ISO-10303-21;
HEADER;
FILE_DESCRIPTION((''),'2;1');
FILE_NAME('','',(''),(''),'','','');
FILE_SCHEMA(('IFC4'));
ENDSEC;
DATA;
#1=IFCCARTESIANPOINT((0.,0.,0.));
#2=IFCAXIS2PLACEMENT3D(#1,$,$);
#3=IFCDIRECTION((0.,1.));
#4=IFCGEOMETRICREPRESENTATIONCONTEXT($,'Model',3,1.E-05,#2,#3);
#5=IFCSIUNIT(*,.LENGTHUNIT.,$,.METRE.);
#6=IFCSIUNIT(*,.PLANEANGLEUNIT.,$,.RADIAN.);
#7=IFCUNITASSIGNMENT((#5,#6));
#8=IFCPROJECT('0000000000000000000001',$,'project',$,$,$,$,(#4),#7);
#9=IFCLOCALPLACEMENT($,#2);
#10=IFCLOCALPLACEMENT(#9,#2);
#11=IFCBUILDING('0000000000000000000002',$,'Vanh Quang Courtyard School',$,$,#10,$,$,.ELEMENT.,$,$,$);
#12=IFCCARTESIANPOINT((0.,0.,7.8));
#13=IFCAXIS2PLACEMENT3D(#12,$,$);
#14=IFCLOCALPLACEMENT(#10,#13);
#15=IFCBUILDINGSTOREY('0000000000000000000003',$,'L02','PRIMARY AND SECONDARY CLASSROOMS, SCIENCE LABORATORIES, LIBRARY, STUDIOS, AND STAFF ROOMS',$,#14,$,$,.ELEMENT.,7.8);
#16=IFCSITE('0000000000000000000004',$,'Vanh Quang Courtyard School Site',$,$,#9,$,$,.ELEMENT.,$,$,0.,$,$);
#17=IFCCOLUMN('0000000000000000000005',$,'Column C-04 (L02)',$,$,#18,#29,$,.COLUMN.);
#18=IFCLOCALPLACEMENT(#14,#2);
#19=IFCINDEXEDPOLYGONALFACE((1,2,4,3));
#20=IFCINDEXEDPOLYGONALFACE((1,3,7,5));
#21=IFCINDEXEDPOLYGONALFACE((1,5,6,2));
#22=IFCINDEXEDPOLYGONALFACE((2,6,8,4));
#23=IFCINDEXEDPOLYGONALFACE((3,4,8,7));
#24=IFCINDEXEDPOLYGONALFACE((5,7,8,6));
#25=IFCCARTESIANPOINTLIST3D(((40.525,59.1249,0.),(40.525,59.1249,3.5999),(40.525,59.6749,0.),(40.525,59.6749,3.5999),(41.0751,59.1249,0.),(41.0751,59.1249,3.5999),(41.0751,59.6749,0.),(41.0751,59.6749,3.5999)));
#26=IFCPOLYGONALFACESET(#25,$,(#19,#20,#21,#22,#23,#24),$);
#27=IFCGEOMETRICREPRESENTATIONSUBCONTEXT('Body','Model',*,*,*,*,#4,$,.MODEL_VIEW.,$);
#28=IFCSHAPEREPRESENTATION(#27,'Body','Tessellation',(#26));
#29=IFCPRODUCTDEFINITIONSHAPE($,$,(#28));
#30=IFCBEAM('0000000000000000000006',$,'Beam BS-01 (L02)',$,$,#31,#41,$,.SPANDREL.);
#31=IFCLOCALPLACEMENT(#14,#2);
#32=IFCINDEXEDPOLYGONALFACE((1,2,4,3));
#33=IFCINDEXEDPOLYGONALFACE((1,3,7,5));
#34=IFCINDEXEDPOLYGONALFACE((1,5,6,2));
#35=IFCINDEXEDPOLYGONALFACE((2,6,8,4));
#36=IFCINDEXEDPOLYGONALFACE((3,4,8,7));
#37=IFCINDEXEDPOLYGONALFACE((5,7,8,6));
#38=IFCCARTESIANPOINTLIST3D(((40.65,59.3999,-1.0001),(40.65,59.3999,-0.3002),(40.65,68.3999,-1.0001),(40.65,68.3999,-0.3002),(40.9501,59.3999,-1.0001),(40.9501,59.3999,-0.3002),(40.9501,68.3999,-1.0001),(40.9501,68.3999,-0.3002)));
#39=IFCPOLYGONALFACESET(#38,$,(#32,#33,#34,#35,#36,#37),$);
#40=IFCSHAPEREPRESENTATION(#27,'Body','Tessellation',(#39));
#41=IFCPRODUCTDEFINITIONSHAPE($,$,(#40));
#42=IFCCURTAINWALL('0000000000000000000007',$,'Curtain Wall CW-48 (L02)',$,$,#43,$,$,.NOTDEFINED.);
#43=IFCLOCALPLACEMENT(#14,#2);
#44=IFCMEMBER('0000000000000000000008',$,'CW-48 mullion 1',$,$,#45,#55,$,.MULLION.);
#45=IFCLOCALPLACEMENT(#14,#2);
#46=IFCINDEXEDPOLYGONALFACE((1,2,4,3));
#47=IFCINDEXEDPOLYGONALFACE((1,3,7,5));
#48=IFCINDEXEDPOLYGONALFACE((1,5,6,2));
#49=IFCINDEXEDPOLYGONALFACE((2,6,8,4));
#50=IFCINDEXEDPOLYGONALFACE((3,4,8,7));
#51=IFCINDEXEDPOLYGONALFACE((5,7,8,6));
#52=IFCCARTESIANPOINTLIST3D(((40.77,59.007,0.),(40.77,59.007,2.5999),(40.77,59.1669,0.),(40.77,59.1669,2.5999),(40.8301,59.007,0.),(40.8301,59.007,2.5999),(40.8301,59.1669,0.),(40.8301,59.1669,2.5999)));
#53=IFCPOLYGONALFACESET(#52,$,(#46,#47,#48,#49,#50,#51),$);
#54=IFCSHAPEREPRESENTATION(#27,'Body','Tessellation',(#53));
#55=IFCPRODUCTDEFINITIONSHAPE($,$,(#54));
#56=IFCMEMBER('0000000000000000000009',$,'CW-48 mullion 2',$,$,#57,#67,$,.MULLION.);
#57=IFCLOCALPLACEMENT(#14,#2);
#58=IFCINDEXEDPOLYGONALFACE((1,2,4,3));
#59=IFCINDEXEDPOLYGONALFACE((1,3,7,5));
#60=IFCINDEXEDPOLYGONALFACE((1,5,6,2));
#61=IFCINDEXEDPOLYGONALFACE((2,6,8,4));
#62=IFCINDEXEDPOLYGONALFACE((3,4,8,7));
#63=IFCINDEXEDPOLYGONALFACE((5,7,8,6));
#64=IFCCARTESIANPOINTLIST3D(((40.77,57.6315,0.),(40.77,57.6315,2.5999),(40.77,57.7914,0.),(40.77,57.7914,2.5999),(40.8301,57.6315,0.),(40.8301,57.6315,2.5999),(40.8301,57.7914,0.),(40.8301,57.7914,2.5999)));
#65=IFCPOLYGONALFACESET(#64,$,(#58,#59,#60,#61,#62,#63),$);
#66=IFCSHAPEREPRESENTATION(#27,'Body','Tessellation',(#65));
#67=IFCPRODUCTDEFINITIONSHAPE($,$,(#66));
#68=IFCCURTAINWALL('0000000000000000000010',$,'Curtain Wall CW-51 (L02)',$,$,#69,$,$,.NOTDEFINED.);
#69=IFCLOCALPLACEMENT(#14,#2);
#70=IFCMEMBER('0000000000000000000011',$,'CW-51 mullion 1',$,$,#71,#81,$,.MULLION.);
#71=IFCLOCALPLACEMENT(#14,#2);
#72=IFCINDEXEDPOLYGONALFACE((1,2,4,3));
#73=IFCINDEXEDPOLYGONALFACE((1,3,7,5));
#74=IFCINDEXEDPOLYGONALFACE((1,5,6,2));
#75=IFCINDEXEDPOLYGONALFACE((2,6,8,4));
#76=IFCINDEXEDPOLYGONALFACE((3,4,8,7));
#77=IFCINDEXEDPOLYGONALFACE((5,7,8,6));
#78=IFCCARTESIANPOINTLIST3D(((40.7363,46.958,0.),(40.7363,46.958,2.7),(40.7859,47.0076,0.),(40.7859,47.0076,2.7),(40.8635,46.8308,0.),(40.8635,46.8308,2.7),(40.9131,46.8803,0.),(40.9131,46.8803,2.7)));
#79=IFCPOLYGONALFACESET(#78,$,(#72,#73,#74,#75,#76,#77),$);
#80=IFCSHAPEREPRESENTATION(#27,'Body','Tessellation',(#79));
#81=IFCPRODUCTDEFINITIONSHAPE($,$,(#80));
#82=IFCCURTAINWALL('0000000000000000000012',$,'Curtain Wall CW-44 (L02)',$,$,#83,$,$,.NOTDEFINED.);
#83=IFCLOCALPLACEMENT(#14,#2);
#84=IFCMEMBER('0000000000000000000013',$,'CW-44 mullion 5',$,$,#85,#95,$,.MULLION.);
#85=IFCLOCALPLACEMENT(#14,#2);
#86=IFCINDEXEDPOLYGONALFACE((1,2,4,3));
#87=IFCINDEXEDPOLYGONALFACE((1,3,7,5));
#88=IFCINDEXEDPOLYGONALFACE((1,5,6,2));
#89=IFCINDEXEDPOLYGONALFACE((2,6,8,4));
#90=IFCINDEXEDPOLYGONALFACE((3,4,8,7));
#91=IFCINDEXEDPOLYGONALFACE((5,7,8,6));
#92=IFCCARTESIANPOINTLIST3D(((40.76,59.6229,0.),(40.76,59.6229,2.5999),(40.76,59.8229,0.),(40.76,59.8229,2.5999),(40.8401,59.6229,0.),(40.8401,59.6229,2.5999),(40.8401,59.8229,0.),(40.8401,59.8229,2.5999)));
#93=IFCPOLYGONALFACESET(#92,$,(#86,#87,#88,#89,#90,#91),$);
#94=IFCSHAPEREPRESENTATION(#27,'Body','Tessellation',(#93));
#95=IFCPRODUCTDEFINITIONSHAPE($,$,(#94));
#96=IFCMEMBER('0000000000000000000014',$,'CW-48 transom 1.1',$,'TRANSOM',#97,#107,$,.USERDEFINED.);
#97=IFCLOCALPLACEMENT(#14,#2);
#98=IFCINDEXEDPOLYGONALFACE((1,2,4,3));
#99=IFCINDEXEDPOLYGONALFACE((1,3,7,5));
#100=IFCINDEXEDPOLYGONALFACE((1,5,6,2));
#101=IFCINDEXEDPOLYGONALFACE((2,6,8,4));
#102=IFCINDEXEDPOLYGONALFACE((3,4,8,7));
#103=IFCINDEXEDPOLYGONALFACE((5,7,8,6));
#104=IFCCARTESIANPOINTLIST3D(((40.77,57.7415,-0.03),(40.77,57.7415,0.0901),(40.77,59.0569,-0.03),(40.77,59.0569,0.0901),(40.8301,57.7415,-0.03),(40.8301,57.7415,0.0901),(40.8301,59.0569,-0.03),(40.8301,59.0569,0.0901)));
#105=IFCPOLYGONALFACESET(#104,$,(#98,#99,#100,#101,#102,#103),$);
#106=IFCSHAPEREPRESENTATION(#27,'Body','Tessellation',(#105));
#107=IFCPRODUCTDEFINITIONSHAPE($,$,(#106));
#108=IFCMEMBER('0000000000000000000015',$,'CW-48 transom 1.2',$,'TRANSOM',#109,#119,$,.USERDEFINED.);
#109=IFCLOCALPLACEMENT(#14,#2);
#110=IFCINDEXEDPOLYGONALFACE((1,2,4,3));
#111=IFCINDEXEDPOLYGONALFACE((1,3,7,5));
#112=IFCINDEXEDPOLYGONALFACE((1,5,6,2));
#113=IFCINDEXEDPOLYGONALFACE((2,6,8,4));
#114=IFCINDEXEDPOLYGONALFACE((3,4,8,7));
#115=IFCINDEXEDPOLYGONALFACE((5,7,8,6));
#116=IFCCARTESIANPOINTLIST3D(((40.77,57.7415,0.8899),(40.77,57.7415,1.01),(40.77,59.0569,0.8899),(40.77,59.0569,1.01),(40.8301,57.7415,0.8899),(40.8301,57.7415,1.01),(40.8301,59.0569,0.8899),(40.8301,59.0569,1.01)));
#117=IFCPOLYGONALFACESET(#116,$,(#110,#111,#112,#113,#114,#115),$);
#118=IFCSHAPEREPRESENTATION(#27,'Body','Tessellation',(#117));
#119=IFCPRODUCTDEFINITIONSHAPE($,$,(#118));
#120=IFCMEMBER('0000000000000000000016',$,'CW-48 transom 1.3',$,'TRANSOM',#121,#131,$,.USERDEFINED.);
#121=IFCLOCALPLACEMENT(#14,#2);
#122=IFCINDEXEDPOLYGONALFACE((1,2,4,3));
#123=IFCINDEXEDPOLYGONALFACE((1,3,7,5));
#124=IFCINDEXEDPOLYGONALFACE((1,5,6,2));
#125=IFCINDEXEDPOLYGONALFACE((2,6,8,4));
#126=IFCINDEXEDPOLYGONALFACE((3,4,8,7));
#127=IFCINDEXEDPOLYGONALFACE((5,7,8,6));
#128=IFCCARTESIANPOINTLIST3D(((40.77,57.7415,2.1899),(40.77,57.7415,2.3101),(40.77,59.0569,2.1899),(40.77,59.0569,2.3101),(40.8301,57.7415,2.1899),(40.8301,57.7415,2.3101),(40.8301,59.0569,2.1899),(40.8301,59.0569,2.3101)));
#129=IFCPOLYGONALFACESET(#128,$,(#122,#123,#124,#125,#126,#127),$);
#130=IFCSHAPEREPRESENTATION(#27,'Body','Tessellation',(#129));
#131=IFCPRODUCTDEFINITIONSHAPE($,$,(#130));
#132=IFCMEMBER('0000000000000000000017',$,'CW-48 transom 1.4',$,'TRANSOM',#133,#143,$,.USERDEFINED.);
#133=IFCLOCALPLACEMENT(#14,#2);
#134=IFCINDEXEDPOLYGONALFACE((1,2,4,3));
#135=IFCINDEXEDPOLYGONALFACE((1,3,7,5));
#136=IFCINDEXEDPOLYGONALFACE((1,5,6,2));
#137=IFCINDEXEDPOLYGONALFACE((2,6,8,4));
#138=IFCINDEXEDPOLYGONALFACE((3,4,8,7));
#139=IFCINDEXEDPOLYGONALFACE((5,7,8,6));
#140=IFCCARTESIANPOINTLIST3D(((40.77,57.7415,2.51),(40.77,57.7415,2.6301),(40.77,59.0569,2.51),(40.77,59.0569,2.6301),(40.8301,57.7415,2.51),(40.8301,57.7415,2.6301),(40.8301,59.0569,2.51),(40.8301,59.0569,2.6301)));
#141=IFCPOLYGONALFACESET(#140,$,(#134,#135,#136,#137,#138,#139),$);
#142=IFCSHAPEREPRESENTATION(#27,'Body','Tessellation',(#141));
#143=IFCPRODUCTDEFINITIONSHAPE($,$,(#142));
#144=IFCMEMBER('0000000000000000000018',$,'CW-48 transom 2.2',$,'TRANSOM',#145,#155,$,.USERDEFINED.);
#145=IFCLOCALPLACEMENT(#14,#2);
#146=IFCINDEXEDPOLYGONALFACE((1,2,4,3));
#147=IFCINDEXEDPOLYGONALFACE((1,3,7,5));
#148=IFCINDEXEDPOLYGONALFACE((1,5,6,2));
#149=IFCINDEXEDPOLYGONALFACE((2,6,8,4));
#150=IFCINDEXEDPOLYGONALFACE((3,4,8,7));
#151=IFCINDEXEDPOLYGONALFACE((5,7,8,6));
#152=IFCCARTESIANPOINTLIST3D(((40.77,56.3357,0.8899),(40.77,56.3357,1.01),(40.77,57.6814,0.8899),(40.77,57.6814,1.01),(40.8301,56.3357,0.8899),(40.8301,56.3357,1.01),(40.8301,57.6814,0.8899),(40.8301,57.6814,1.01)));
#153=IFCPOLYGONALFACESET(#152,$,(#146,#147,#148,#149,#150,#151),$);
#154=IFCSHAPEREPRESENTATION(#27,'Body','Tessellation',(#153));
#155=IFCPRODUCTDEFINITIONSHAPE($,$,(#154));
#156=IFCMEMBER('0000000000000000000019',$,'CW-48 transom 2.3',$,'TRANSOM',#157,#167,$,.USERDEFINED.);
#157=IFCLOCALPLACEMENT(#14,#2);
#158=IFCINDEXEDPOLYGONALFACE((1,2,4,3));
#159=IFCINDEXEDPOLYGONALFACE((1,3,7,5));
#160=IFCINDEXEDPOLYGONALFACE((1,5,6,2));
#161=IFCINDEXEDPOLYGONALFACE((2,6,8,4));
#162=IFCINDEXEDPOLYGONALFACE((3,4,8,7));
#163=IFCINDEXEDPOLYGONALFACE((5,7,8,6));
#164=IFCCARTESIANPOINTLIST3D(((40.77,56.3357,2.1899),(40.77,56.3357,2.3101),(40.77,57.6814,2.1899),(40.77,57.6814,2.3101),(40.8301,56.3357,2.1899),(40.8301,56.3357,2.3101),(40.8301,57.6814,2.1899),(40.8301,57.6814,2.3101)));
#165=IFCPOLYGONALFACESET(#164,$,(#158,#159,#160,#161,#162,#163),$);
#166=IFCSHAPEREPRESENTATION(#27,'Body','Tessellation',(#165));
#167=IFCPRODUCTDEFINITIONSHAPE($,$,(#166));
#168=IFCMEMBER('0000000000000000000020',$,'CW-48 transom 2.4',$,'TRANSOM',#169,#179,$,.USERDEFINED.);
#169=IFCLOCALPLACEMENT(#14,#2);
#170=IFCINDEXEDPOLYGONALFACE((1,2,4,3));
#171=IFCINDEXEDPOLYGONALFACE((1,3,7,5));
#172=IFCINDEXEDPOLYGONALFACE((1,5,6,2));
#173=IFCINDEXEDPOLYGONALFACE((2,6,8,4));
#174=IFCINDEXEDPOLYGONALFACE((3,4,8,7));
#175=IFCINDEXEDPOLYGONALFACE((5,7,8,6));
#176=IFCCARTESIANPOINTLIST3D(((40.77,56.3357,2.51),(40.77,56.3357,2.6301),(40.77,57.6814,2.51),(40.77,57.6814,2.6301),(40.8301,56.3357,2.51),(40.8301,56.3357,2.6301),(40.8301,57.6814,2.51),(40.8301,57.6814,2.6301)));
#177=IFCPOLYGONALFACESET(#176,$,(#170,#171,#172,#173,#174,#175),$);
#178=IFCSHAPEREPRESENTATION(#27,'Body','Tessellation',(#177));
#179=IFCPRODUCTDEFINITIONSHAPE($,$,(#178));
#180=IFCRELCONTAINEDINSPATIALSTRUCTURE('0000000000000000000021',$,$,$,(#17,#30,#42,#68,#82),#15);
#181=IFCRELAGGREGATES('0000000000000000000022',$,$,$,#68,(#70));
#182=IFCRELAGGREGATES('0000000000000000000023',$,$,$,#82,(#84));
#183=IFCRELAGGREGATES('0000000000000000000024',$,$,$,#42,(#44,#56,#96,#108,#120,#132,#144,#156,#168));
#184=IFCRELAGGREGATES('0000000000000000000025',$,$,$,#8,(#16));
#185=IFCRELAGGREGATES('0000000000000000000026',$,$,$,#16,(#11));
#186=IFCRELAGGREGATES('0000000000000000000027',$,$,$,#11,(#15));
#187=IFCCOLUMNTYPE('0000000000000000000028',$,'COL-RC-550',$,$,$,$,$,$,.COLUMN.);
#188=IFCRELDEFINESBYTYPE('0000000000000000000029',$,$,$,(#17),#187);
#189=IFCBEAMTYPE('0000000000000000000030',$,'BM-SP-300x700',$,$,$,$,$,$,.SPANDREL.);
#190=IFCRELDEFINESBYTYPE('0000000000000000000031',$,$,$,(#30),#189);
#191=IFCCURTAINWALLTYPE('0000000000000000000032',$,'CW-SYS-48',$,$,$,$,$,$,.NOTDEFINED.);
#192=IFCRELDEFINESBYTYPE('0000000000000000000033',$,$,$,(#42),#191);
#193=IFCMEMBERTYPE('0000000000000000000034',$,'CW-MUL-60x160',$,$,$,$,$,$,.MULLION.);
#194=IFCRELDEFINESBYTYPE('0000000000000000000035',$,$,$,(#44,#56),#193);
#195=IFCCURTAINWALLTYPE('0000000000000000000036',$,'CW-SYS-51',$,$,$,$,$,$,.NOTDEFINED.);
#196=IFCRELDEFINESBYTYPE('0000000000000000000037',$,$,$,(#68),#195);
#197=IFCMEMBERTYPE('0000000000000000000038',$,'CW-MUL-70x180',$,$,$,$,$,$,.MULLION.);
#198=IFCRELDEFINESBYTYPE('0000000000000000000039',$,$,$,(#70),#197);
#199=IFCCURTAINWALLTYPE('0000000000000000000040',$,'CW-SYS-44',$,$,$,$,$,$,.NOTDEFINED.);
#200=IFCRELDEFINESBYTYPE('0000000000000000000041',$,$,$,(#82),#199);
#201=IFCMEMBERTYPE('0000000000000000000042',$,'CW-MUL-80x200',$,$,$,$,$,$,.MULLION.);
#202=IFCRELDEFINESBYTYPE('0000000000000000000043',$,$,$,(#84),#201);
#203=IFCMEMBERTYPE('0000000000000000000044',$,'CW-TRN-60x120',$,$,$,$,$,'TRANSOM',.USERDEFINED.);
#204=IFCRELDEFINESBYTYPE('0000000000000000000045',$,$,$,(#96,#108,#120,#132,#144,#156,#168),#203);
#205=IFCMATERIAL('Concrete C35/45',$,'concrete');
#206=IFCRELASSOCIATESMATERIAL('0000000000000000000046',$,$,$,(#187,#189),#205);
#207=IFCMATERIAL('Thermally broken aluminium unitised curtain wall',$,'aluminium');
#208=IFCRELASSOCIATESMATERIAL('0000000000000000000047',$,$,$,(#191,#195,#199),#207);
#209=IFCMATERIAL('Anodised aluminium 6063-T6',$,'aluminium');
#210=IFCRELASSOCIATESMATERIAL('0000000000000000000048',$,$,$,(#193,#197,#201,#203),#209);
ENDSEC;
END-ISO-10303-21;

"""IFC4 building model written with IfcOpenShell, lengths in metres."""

from ifc_helpers import new_model, si_unit, direction, frame, origin, origin_2d, place, context, subcontext, project, spatial, rectangle, extrude, material, material_profile, profile_set, type_object, element, aggregate, save


model = new_model("IFC4")

# Units and contexts
model_context = context("Model", 3, precision=1e-05, world=origin(), true_north=direction((0.0, 1.0)))
body_context = subcontext(model_context, "Body", "Model", "MODEL_VIEW")
ifc_project = project(units=[si_unit("LENGTHUNIT", "METRE"), si_unit("PLANEANGLEUNIT", "RADIAN")], contexts=[model_context])

# Site, building, storey
site_placement = place(None, origin())
site = spatial("IfcSite", under=ifc_project, at=site_placement, Name="Vanh Quang Courtyard School Site", CompositionType="ELEMENT", RefElevation=0.0)
building_placement = place(site_placement, origin())
building = spatial("IfcBuilding", under=site, at=building_placement, Name="Vanh Quang Courtyard School", CompositionType="ELEMENT")
storey_placement = place(building_placement, frame((0.0, 0.0, 7.8)))
storey = spatial("IfcBuildingStorey", under=building, at=storey_placement, Name="L02", Description="PRIMARY AND SECONDARY CLASSROOMS, SCIENCE LABORATORIES, LIBRARY, STUDIOS, AND STAFF ROOMS", CompositionType="ELEMENT", Elevation=7.8)

# Column
ifc_material_1 = material(Name="Concrete C35/45", Category="concrete")
ifc_material_profile_1 = material_profile(ifc_material_1, rectangle(XDim=0.55, YDim=0.55, at=origin_2d()), Name="RC-COL 550x550")
ifc_profile_set_1 = profile_set([ifc_material_profile_1], Name="Concrete C35/45")
column_type = type_object("IfcColumnType", Name="COL-RC-550", PredefinedType="COLUMN", material=ifc_profile_set_1)
column_placement = place(storey_placement, frame((40.8, 59.3999, 0.0), z_axis=(0.0, 0.0, 1.0), x_axis=(1.0, 0.0, 0.0)))
element("IfcColumn", 1, at=column_placement, inside=storey, type_object=column_type, Name="Column C-04 (L02)", PredefinedType="COLUMN", context=body_context, shape_type="SweptSolid", body=[
    extrude(rectangle(XDim=0.55, YDim=0.55, at=origin_2d()), origin(), (0.0, 0.0, 1.0), 3.5999),
])

# Beam
ifc_material_profile_2 = material_profile(ifc_material_1, rectangle(XDim=0.3, YDim=0.7, at=origin_2d()), Name="RC-SP 300x700")
ifc_profile_set_2 = profile_set([ifc_material_profile_2], Name="Concrete C35/45")
beam_type = type_object("IfcBeamType", Name="BM-SP-300x700", PredefinedType="SPANDREL", material=ifc_profile_set_2)
beam_placement = place(storey_placement, frame((40.8, 59.3999, -0.6501), z_axis=(0.0, 1.0, 0.0), x_axis=(-1.0, 0.0, 0.0)))
element("IfcBeam", 2, at=beam_placement, inside=storey, type_object=beam_type, Name="Beam BS-01 (L02)", PredefinedType="SPANDREL", context=body_context, shape_type="SweptSolid", body=[
    extrude(rectangle(XDim=0.3, YDim=0.7, at=origin_2d()), origin(), (0.0, 0.0, 1.0), 9.0),
])

# Curtain wall, members
ifc_material_2 = material(Name="Thermally broken aluminium unitised curtain wall", Category="aluminium")
curtain_wall_type_1 = type_object("IfcCurtainWallType", Name="CW-SYS-48", PredefinedType="NOTDEFINED", material=ifc_material_2)
curtain_wall_1_placement = place(storey_placement, origin())
curtain_wall_1 = element("IfcCurtainWall", 3, at=curtain_wall_1_placement, inside=storey, type_object=curtain_wall_type_1, Name="Curtain Wall CW-48 (L02)", PredefinedType="NOTDEFINED")
ifc_material_3 = material(Name="Anodised aluminium 6063-T6", Category="aluminium")
ifc_material_profile_3 = material_profile(ifc_material_3, rectangle(XDim=0.0601, YDim=0.1599, at=origin_2d()), Name="ALU-MUL 60x160")
ifc_profile_set_3 = profile_set([ifc_material_profile_3], Name="Anodised aluminium 6063-T6")
member_type_1 = type_object("IfcMemberType", Name="CW-MUL-60x160", PredefinedType="MULLION", material=ifc_profile_set_3)
member_1_placement = place(storey_placement, frame((40.8, 59.0869, 0.0), z_axis=(0.0, 0.0, 1.0), x_axis=(1.0, 0.0, 0.0)))
member_1 = element("IfcMember", 4, at=member_1_placement, type_object=member_type_1, Name="CW-48 mullion 1", PredefinedType="MULLION", context=body_context, shape_type="SweptSolid", body=[
    extrude(rectangle(XDim=0.0601, YDim=0.1599, at=origin_2d()), origin(), (0.0, 0.0, 1.0), 2.5999),
])
member_2_placement = place(storey_placement, frame((40.8, 57.7114, 0.0), z_axis=(0.0, 0.0, 1.0), x_axis=(1.0, 0.0, 0.0)))
member_2 = element("IfcMember", 5, at=member_2_placement, type_object=member_type_1, Name="CW-48 mullion 2", PredefinedType="MULLION", context=body_context, shape_type="SweptSolid", body=[
    extrude(rectangle(XDim=0.0601, YDim=0.1599, at=origin_2d()), origin(), (0.0, 0.0, 1.0), 2.5999),
])

# Curtain walls, members
curtain_wall_type_2 = type_object("IfcCurtainWallType", Name="CW-SYS-51", PredefinedType="NOTDEFINED", material=ifc_material_2)
curtain_wall_2_placement = place(storey_placement, origin())
curtain_wall_2 = element("IfcCurtainWall", 6, at=curtain_wall_2_placement, inside=storey, type_object=curtain_wall_type_2, Name="Curtain Wall CW-51 (L02)", PredefinedType="NOTDEFINED")
ifc_material_profile_4 = material_profile(ifc_material_3, rectangle(XDim=0.0701, YDim=0.1799, at=origin_2d()), Name="ALU-MUL 70x180")
ifc_profile_set_4 = profile_set([ifc_material_profile_4], Name="Anodised aluminium 6063-T6")
member_type_2 = type_object("IfcMemberType", Name="CW-MUL-70x180", PredefinedType="MULLION", material=ifc_profile_set_4)
member_3_placement = place(storey_placement, frame((40.8247, 46.9192, 0.0), z_axis=(0.0, 0.0, 1.0), x_axis=(0.707107, 0.707107, 0.0)))
member_3 = element("IfcMember", 7, at=member_3_placement, type_object=member_type_2, Name="CW-51 mullion 1", PredefinedType="MULLION", context=body_context, shape_type="SweptSolid", body=[
    extrude(rectangle(XDim=0.0701, YDim=0.1799, at=origin_2d()), origin(), (0.0, 0.0, 1.0), 2.7),
])
curtain_wall_type_3 = type_object("IfcCurtainWallType", Name="CW-SYS-44", PredefinedType="NOTDEFINED", material=ifc_material_2)
curtain_wall_3_placement = place(storey_placement, origin())
curtain_wall_3 = element("IfcCurtainWall", 8, at=curtain_wall_3_placement, inside=storey, type_object=curtain_wall_type_3, Name="Curtain Wall CW-44 (L02)", PredefinedType="NOTDEFINED")
ifc_material_profile_5 = material_profile(ifc_material_3, rectangle(XDim=0.0801, YDim=0.2, at=origin_2d()), Name="ALU-MUL 80x200")
ifc_profile_set_5 = profile_set([ifc_material_profile_5], Name="Anodised aluminium 6063-T6")
member_type_3 = type_object("IfcMemberType", Name="CW-MUL-80x200", PredefinedType="MULLION", material=ifc_profile_set_5)
member_4_placement = place(storey_placement, frame((40.8, 59.7229, 0.0), z_axis=(0.0, 0.0, 1.0), x_axis=(1.0, 0.0, 0.0)))
member_4 = element("IfcMember", 9, at=member_4_placement, type_object=member_type_3, Name="CW-44 mullion 5", PredefinedType="MULLION", context=body_context, shape_type="SweptSolid", body=[
    extrude(rectangle(XDim=0.0801, YDim=0.2, at=origin_2d()), origin(), (0.0, 0.0, 1.0), 2.5999),
])

# Members
ifc_material_profile_6 = material_profile(ifc_material_3, rectangle(XDim=0.0601, YDim=0.1201, at=origin_2d()), Name="ALU-TRN 60x120")
ifc_profile_set_6 = profile_set([ifc_material_profile_6], Name="Anodised aluminium 6063-T6")
member_type_4 = type_object("IfcMemberType", Name="CW-TRN-60x120", ElementType="TRANSOM", PredefinedType="USERDEFINED", material=ifc_profile_set_6)
member_5_placement = place(storey_placement, frame((40.8, 59.0569, 0.03), z_axis=(0.0, -1.0, 0.0), x_axis=(1.0, 0.0, 0.0)))
member_5 = element("IfcMember", 10, at=member_5_placement, type_object=member_type_4, Name="CW-48 transom 1.1", ObjectType="TRANSOM", PredefinedType="USERDEFINED", context=body_context, shape_type="SweptSolid", body=[
    extrude(rectangle(XDim=0.0601, YDim=0.1201, at=origin_2d()), origin(), (0.0, 0.0, 1.0), 1.3154),
])
member_6_placement = place(storey_placement, frame((40.8, 59.0569, 0.95), z_axis=(0.0, -1.0, 0.0), x_axis=(1.0, 0.0, 0.0)))
member_6 = element("IfcMember", 11, at=member_6_placement, type_object=member_type_4, Name="CW-48 transom 1.2", ObjectType="TRANSOM", PredefinedType="USERDEFINED", context=body_context, shape_type="SweptSolid", body=[
    extrude(rectangle(XDim=0.0601, YDim=0.1201, at=origin_2d()), origin(), (0.0, 0.0, 1.0), 1.3154),
])
member_7_placement = place(storey_placement, frame((40.8, 59.0569, 2.25), z_axis=(0.0, -1.0, 0.0), x_axis=(1.0, 0.0, 0.0)))
member_7 = element("IfcMember", 12, at=member_7_placement, type_object=member_type_4, Name="CW-48 transom 1.3", ObjectType="TRANSOM", PredefinedType="USERDEFINED", context=body_context, shape_type="SweptSolid", body=[
    extrude(rectangle(XDim=0.0601, YDim=0.1201, at=origin_2d()), origin(), (0.0, 0.0, 1.0), 1.3154),
])
member_8_placement = place(storey_placement, frame((40.8, 59.0569, 2.5701), z_axis=(0.0, -1.0, 0.0), x_axis=(1.0, 0.0, 0.0)))
member_8 = element("IfcMember", 13, at=member_8_placement, type_object=member_type_4, Name="CW-48 transom 1.4", ObjectType="TRANSOM", PredefinedType="USERDEFINED", context=body_context, shape_type="SweptSolid", body=[
    extrude(rectangle(XDim=0.0601, YDim=0.1201, at=origin_2d()), origin(), (0.0, 0.0, 1.0), 1.3154),
])
member_9_placement = place(storey_placement, frame((40.8, 57.6814, 0.95), z_axis=(0.0, -1.0, 0.0), x_axis=(1.0, 0.0, 0.0)))
member_9 = element("IfcMember", 14, at=member_9_placement, type_object=member_type_4, Name="CW-48 transom 2.2", ObjectType="TRANSOM", PredefinedType="USERDEFINED", context=body_context, shape_type="SweptSolid", body=[
    extrude(rectangle(XDim=0.0601, YDim=0.1201, at=origin_2d()), origin(), (0.0, 0.0, 1.0), 1.3457),
])
member_10_placement = place(storey_placement, frame((40.8, 57.6814, 2.25), z_axis=(0.0, -1.0, 0.0), x_axis=(1.0, 0.0, 0.0)))
member_10 = element("IfcMember", 15, at=member_10_placement, type_object=member_type_4, Name="CW-48 transom 2.3", ObjectType="TRANSOM", PredefinedType="USERDEFINED", context=body_context, shape_type="SweptSolid", body=[
    extrude(rectangle(XDim=0.0601, YDim=0.1201, at=origin_2d()), origin(), (0.0, 0.0, 1.0), 1.3457),
])
member_11_placement = place(storey_placement, frame((40.8, 57.6814, 2.5701), z_axis=(0.0, -1.0, 0.0), x_axis=(1.0, 0.0, 0.0)))
member_11 = element("IfcMember", 16, at=member_11_placement, type_object=member_type_4, Name="CW-48 transom 2.4", ObjectType="TRANSOM", PredefinedType="USERDEFINED", context=body_context, shape_type="SweptSolid", body=[
    extrude(rectangle(XDim=0.0601, YDim=0.1201, at=origin_2d()), origin(), (0.0, 0.0, 1.0), 1.3457),
])
aggregate(curtain_wall_2, [member_3])

aggregate(curtain_wall_3, [member_4])
aggregate(curtain_wall_1, [member_1, member_2, member_5, member_6, member_7, member_8, member_9, member_10, member_11])

save(model, "model.ifc")
